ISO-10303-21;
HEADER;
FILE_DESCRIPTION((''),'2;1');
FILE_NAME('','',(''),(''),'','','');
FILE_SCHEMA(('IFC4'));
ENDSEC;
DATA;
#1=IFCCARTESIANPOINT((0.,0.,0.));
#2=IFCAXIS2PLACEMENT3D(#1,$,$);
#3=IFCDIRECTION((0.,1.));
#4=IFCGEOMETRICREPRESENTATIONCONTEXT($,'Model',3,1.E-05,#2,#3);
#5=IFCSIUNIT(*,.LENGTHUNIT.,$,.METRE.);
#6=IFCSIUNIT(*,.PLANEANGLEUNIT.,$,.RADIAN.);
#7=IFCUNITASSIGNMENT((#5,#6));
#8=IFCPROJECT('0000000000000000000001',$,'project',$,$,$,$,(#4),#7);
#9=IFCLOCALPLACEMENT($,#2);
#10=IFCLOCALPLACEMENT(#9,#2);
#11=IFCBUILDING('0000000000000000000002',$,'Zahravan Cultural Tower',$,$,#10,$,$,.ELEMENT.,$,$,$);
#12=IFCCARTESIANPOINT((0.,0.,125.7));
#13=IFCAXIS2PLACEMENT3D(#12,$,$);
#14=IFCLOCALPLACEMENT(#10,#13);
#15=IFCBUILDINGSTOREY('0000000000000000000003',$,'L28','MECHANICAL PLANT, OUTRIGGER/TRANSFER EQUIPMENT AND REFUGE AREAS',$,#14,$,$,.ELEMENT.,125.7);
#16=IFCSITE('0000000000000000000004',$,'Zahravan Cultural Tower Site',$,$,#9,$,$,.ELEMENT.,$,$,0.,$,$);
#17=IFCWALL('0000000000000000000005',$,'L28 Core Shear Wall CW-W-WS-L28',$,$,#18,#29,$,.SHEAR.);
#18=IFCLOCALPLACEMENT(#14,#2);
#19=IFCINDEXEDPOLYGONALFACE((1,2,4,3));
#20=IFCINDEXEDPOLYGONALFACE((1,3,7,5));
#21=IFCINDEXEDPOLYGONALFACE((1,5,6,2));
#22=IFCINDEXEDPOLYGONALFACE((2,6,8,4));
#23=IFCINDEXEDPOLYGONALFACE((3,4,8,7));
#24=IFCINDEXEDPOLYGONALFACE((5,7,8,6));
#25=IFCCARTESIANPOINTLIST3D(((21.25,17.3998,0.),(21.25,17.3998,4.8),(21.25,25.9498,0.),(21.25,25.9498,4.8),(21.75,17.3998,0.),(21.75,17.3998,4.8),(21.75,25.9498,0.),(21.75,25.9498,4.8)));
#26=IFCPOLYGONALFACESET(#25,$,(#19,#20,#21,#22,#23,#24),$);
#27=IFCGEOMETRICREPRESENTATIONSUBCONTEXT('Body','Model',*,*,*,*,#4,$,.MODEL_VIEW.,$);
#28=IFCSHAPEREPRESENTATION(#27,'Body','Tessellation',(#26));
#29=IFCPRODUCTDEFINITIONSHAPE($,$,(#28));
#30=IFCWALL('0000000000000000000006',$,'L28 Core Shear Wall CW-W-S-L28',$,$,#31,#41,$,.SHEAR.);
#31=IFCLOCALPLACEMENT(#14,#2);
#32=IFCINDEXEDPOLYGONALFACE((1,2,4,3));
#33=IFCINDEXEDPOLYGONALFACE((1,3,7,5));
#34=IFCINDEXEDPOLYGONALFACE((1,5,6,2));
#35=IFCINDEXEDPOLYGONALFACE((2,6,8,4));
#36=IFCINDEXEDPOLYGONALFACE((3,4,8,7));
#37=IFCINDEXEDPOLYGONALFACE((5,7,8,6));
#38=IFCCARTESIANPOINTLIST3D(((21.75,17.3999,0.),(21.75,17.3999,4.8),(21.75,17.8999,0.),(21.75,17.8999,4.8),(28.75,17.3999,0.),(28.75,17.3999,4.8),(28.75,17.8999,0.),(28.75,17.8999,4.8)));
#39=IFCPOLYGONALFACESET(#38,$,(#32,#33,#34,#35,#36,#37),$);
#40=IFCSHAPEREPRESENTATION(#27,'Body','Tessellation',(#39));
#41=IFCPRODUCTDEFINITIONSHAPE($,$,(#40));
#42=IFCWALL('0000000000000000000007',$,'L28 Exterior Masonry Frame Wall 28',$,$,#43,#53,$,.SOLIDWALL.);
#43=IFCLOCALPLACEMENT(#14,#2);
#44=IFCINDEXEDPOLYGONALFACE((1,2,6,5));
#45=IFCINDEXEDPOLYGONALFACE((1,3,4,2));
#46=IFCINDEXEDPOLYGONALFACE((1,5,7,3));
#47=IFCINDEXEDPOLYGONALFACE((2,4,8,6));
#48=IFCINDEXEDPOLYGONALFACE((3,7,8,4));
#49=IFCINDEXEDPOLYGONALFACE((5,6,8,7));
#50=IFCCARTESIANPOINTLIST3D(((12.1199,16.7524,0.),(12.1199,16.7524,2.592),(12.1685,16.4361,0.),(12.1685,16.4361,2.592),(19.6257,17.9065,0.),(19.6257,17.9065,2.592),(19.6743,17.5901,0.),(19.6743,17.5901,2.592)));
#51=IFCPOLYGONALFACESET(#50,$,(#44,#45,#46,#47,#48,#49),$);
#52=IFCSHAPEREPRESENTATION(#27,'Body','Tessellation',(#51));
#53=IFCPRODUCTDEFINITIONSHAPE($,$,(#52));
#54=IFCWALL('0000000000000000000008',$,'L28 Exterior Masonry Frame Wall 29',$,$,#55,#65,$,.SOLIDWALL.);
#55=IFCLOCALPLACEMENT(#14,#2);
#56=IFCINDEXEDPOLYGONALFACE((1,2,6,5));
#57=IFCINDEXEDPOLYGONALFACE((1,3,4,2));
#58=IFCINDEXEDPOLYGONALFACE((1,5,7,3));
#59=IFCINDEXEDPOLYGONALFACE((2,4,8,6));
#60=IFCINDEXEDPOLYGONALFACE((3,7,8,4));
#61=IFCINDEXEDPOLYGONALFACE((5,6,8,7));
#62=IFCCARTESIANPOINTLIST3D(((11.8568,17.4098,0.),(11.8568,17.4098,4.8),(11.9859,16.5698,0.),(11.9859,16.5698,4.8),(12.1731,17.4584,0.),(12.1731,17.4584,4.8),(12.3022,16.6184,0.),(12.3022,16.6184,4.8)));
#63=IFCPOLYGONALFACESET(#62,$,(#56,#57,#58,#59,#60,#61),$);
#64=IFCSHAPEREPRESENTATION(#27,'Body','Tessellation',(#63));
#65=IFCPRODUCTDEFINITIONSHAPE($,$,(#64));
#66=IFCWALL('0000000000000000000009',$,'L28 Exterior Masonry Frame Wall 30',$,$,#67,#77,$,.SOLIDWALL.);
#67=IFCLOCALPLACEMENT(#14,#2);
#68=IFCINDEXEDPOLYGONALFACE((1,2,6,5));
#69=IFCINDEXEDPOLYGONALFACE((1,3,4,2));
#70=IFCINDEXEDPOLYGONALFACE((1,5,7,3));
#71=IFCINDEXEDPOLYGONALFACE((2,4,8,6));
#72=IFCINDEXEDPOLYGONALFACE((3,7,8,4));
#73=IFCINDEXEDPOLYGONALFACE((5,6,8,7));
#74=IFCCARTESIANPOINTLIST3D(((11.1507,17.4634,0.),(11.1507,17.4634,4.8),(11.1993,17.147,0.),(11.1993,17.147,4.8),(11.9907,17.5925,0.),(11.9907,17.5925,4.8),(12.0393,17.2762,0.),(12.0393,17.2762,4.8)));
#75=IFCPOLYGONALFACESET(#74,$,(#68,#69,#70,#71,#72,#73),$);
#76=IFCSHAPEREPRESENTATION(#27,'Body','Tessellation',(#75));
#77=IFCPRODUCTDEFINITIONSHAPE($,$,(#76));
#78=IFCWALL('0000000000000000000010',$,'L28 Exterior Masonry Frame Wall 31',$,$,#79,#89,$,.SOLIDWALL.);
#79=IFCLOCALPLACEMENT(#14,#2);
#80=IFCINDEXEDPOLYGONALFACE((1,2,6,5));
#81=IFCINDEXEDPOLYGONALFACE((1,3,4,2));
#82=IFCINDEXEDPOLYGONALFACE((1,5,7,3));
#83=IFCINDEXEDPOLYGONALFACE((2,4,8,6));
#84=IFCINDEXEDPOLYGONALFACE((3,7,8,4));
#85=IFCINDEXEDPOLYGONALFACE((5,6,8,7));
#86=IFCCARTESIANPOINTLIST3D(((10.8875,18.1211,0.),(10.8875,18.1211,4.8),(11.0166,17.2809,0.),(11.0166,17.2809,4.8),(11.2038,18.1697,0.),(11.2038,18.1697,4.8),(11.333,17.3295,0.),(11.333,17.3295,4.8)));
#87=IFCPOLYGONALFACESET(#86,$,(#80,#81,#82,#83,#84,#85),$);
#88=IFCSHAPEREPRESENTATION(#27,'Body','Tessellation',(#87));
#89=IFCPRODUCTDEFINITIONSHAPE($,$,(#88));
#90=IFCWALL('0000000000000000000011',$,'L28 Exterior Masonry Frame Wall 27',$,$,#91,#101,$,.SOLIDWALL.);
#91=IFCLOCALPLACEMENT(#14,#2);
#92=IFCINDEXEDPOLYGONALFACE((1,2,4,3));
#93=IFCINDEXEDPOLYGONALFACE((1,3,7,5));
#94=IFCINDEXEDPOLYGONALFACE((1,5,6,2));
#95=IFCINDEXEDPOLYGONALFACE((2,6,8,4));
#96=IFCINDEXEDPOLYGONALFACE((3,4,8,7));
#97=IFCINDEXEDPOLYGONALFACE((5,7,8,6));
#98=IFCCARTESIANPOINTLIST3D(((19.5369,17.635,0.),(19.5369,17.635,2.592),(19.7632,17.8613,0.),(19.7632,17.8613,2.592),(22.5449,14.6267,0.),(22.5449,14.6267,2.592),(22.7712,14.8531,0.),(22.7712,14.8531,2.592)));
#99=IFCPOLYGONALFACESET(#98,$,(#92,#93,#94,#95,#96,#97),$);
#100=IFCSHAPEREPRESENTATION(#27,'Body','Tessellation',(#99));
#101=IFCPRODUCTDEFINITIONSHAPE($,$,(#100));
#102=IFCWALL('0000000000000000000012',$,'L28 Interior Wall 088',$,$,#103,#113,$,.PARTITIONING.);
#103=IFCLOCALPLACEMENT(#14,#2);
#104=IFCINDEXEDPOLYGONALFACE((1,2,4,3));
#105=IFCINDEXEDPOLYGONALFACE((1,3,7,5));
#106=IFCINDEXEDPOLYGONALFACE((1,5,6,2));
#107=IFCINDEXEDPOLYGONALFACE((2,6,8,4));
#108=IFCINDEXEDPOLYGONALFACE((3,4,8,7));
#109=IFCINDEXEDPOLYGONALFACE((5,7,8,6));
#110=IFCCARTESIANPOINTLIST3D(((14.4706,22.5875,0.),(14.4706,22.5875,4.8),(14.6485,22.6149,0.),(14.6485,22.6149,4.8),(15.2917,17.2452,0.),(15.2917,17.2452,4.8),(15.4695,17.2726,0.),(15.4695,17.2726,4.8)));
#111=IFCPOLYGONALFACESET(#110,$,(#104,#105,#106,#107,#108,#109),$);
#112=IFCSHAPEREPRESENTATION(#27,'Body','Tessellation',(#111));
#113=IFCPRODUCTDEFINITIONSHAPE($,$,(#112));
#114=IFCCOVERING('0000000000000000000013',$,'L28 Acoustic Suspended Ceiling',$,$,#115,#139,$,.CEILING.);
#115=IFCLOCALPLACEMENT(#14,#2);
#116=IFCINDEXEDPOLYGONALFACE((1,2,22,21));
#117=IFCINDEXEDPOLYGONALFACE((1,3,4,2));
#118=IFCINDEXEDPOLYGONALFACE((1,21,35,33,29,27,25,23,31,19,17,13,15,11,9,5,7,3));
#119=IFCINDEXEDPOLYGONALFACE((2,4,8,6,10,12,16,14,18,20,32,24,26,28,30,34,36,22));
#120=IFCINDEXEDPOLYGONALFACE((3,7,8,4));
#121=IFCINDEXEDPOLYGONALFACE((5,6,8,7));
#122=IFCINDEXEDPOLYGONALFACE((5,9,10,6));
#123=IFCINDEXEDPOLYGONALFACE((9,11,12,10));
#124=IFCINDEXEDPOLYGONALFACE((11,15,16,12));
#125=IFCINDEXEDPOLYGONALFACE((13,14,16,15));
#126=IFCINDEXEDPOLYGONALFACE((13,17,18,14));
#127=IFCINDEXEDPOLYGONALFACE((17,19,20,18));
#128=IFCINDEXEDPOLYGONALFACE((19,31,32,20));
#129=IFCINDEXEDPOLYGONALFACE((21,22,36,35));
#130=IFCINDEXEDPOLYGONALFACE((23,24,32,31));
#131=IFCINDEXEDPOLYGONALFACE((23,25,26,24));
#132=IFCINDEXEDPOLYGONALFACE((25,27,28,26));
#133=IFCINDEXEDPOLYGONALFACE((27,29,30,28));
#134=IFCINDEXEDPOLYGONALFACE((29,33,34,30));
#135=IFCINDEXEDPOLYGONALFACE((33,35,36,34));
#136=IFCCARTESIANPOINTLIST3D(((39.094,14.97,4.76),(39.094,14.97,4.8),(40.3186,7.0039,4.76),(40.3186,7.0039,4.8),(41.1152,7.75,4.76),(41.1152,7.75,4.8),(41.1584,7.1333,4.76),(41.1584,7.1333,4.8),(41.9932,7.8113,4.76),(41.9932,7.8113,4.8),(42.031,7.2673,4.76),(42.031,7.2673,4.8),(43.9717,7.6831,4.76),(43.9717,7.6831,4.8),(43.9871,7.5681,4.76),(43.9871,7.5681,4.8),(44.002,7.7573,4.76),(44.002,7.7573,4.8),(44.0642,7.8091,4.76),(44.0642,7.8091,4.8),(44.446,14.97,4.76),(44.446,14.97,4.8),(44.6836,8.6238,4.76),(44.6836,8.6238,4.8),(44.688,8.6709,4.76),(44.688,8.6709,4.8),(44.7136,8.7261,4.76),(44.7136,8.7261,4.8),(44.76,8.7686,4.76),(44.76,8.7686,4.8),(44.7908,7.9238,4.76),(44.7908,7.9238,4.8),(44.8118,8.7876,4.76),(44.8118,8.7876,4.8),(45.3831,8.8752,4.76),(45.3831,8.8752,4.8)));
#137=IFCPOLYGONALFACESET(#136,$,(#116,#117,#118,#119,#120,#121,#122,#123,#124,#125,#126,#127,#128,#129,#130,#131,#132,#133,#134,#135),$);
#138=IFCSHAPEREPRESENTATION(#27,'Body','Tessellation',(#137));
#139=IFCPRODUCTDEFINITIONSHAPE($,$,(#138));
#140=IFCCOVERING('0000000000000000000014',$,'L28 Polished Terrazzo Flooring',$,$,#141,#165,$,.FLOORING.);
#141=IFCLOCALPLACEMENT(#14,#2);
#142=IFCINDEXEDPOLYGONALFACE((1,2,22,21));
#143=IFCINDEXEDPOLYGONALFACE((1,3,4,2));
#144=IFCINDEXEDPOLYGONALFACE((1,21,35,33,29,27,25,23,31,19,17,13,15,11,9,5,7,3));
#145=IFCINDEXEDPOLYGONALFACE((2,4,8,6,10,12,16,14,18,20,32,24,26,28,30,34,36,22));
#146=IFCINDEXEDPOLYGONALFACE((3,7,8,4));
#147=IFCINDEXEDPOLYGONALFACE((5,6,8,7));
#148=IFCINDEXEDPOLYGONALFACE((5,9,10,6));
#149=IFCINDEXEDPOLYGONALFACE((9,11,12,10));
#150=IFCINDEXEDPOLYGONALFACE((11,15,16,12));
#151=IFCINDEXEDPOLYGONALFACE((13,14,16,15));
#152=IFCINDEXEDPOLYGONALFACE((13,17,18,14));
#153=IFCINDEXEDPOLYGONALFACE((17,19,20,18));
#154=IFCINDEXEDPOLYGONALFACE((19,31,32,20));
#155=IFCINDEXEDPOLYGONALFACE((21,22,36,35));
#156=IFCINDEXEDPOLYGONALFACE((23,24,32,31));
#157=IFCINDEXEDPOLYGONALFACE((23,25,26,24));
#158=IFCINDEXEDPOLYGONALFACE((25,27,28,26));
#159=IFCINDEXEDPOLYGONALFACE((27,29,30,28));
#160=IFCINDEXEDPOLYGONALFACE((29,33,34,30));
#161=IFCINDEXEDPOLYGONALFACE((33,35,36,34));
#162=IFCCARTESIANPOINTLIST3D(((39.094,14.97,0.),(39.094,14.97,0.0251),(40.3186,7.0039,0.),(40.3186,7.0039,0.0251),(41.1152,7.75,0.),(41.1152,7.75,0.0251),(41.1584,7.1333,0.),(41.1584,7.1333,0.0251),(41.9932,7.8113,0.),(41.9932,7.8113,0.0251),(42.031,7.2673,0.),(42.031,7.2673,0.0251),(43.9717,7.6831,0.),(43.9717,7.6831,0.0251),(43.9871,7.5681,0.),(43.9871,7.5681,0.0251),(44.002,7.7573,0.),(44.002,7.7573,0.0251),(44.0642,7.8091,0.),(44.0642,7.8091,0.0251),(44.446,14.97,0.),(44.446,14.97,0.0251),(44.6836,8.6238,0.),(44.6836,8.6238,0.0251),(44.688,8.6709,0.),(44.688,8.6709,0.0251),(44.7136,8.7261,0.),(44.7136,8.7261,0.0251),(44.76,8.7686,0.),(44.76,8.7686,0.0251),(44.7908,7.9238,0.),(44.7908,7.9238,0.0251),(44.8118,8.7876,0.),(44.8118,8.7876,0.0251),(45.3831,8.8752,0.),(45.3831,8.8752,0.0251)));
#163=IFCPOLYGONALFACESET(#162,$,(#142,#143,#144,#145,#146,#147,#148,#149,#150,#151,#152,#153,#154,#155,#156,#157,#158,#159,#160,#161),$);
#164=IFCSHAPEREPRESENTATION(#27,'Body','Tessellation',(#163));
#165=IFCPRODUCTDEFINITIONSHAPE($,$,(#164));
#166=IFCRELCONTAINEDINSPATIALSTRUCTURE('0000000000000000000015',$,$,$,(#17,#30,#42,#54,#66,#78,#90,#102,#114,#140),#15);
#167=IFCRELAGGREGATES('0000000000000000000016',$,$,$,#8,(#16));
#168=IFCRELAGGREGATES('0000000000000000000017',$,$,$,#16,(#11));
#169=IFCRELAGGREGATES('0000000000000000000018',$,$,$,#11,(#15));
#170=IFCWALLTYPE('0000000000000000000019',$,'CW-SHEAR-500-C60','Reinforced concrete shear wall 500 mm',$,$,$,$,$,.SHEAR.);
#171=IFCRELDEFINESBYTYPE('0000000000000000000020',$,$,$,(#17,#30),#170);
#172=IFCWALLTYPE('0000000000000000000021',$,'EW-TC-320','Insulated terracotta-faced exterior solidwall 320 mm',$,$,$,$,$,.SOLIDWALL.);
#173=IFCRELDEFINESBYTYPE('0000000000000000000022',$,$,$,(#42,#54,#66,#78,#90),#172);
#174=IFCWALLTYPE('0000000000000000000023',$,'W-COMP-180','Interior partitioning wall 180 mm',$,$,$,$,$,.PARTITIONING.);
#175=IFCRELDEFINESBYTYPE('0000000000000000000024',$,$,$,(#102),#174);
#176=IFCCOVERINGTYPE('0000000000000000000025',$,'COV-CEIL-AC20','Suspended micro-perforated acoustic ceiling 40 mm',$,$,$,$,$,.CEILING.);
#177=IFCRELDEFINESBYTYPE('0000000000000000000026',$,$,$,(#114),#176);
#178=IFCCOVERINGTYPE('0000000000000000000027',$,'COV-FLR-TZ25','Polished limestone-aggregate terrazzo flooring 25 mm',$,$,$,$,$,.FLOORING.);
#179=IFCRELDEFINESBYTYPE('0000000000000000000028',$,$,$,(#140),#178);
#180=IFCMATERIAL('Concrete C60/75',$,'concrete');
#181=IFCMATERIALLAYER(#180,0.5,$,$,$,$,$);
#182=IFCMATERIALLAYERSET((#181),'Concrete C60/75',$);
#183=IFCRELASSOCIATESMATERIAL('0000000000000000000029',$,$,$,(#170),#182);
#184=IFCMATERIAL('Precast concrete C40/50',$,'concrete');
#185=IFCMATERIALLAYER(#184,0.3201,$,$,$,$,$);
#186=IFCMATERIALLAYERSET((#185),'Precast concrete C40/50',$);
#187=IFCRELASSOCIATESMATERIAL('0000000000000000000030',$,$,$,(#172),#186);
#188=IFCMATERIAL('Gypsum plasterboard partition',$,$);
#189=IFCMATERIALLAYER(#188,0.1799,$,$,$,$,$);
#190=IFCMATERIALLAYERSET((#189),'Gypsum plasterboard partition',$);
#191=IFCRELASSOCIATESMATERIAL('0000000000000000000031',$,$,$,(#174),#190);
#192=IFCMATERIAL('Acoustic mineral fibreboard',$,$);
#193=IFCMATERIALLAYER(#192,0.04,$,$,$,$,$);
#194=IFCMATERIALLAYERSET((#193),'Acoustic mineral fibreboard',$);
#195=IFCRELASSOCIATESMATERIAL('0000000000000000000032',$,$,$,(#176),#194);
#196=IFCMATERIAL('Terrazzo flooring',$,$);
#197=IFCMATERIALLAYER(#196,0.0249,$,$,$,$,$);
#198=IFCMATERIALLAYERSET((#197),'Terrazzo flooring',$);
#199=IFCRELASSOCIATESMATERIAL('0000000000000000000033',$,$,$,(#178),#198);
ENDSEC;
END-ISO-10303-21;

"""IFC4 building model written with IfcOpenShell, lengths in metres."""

from ifc_helpers import new_model, si_unit, direction, frame, frame_2d, origin, place, context, subcontext, project, spatial, polyline, rectangle, outline, extrude, source, transform, mapped, material, layer, layer_set, type_object, element, save


model = new_model("IFC4")

# Units and contexts
model_context = context("Model", 3, precision=1e-05, world=origin(), true_north=direction((0.0, 1.0)))
body_context = subcontext(model_context, "Body", "Model", "MODEL_VIEW")
ifc_project = project(units=[si_unit("LENGTHUNIT", "METRE"), si_unit("PLANEANGLEUNIT", "RADIAN")], contexts=[model_context])

# Site, building, storey
site_placement = place(None, origin())
site = spatial("IfcSite", under=ifc_project, at=site_placement, Name="Zahravan Cultural Tower Site", CompositionType="ELEMENT", RefElevation=0.0)
building_placement = place(site_placement, origin())
building = spatial("IfcBuilding", under=site, at=building_placement, Name="Zahravan Cultural Tower", CompositionType="ELEMENT")
storey_placement = place(building_placement, frame((0.0, 0.0, 125.7)))
storey = spatial("IfcBuildingStorey", under=building, at=storey_placement, Name="L28", Description="MECHANICAL PLANT, OUTRIGGER/TRANSFER EQUIPMENT AND REFUGE AREAS", CompositionType="ELEMENT", Elevation=125.7)

# Shared definitions
ifc_material_1 = material(Name="Concrete C60/75", Category="concrete")

# Walls
ifc_layer_1 = layer(ifc_material_1, 0.5)
ifc_layer_set_1 = layer_set([ifc_layer_1], Name="Concrete C60/75")
wall_type_1 = type_object("IfcWallType", Name="CW-SHEAR-500-C60", Description="Reinforced concrete shear wall 500 mm", PredefinedType="SHEAR", material=ifc_layer_set_1)
shared_shape_1 = source(origin(), body_context, "Body", "SweptSolid", [
    extrude(rectangle(XDim=8.55, YDim=0.5, at=frame_2d((4.2749, 0.0))), origin(), (0.0, 0.0, 1.0), 4.8),
])
wall_1_placement = place(storey_placement, frame((21.5, 17.3999, 0.0), z_axis=(0.0, 0.0, 1.0), x_axis=(0.0, 1.0, 0.0)))
element("IfcWall", 1, at=wall_1_placement, inside=storey, type_object=wall_type_1, Name="L28 Core Shear Wall CW-W-WS-L28", PredefinedType="SHEAR", context=body_context, shape_type="MappedRepresentation", body=[
    mapped(shared_shape_1, transform((0.0, 0.0, 0.0), x_axis=(1.0, 0.0, 0.0), y_axis=(0.0, 1.0, 0.0), z_axis=(0.0, 0.0, 1.0), scale=1.0)),
])
shared_shape_2 = source(origin(), body_context, "Body", "SweptSolid", [
    extrude(rectangle(XDim=7.0, YDim=0.5, at=frame_2d((3.5, 0.0))), origin(), (0.0, 0.0, 1.0), 4.8),
])
wall_2_placement = place(storey_placement, frame((21.75, 17.6499, 0.0), z_axis=(0.0, 0.0, 1.0), x_axis=(1.0, 0.0, 0.0)))
element("IfcWall", 2, at=wall_2_placement, inside=storey, type_object=wall_type_1, Name="L28 Core Shear Wall CW-W-S-L28", PredefinedType="SHEAR", context=body_context, shape_type="MappedRepresentation", body=[
    mapped(shared_shape_2, transform((0.0, 0.0, 0.0), x_axis=(1.0, 0.0, 0.0), y_axis=(0.0, 1.0, 0.0), z_axis=(0.0, 0.0, 1.0), scale=1.0)),
])
ifc_material_2 = material(Name="Precast concrete C40/50", Category="concrete")
ifc_layer_2 = layer(ifc_material_2, 0.3201)
ifc_layer_set_2 = layer_set([ifc_layer_2], Name="Precast concrete C40/50")
wall_type_2 = type_object("IfcWallType", Name="EW-TC-320", Description="Insulated terracotta-faced exterior solidwall 320 mm", PredefinedType="SOLIDWALL", material=ifc_layer_set_2)
shared_shape_3 = source(origin(), body_context, "Body", "SweptSolid", [
    extrude(rectangle(XDim=7.594, YDim=0.3201, at=frame_2d((3.7969, 0.0))), origin(), (0.0, 0.0, 1.0), 2.592),
])
wall_3_placement = place(storey_placement, frame((19.6499, 17.7483, 0.0), z_axis=(0.0, 0.0, 1.0), x_axis=(-0.988385, -0.151968, 0.0)))
element("IfcWall", 3, at=wall_3_placement, inside=storey, type_object=wall_type_2, Name="L28 Exterior Masonry Frame Wall 28", PredefinedType="SOLIDWALL", context=body_context, shape_type="MappedRepresentation", body=[
    mapped(shared_shape_3, transform((0.0, 0.0, 0.0), x_axis=(1.0, 0.0, 0.0), y_axis=(0.0, 1.0, 0.0), z_axis=(0.0, 0.0, 1.0), scale=1.0)),
])
shared_shape_4 = source(origin(), body_context, "Body", "SweptSolid", [
    extrude(rectangle(XDim=0.8499, YDim=0.3201, at=frame_2d((0.4248, 0.0))), origin(), (0.0, 0.0, 1.0), 4.8),
])
for number, where, z_axis, x_axis, name in (
    (4, (12.144, 16.5942, 0.0), (0.0, 0.0, 1.0), (-0.151949, 0.988388, 0.0), "L28 Exterior Masonry Frame Wall 29"),
    (5, (12.0149, 17.4343, 0.0), (0.0, 0.0, 1.0), (-0.988388, -0.151949, 0.0), "L28 Exterior Masonry Frame Wall 30"),
):
    element("IfcWall", number, at=place(storey_placement, frame(where, z_axis=z_axis, x_axis=x_axis)), inside=storey, type_object=wall_type_2, Name=name, PredefinedType="SOLIDWALL", context=body_context, shape_type="MappedRepresentation", body=[
        mapped(shared_shape_4, transform((0.0, 0.0, 0.0), x_axis=(1.0, 0.0, 0.0), y_axis=(0.0, 1.0, 0.0), z_axis=(0.0, 0.0, 1.0), scale=1.0)),
    ])
shared_shape_5 = source(origin(), body_context, "Body", "SweptSolid", [
    extrude(rectangle(XDim=0.8501, YDim=0.3201, at=frame_2d((0.425, 0.0))), origin(), (0.0, 0.0, 1.0), 4.8),
])
wall_4_placement = place(storey_placement, frame((11.1748, 17.3052, 0.0), z_axis=(0.0, 0.0, 1.0), x_axis=(-0.151906, 0.988395, 0.0)))
element("IfcWall", 6, at=wall_4_placement, inside=storey, type_object=wall_type_2, Name="L28 Exterior Masonry Frame Wall 31", PredefinedType="SOLIDWALL", context=body_context, shape_type="MappedRepresentation", body=[
    mapped(shared_shape_5, transform((0.0, 0.0, 0.0), x_axis=(1.0, 0.0, 0.0), y_axis=(0.0, 1.0, 0.0), z_axis=(0.0, 0.0, 1.0), scale=1.0)),
])
shared_shape_6 = source(origin(), body_context, "Body", "SweptSolid", [
    extrude(rectangle(XDim=4.2542, YDim=0.3201, at=frame_2d((2.127, 0.0))), origin(), (0.0, 0.0, 1.0), 2.592),
])
wall_5_placement = place(storey_placement, frame((22.658, 14.74, 0.0), z_axis=(0.0, 0.0, 1.0), x_axis=(-0.707078, 0.707135, 0.0)))
element("IfcWall", 7, at=wall_5_placement, inside=storey, type_object=wall_type_2, Name="L28 Exterior Masonry Frame Wall 27", PredefinedType="SOLIDWALL", context=body_context, shape_type="MappedRepresentation", body=[
    mapped(shared_shape_6, transform((0.0, 0.0, 0.0), x_axis=(1.0, 0.0, 0.0), y_axis=(0.0, 1.0, 0.0), z_axis=(0.0, 0.0, 1.0), scale=1.0)),
])
ifc_material_3 = material(Name="Gypsum plasterboard partition")
ifc_layer_3 = layer(ifc_material_3, 0.1799)
ifc_layer_set_3 = layer_set([ifc_layer_3], Name="Gypsum plasterboard partition")
wall_type_3 = type_object("IfcWallType", Name="W-COMP-180", Description="Interior partitioning wall 180 mm", PredefinedType="PARTITIONING", material=ifc_layer_set_3)
shared_shape_7 = source(origin(), body_context, "Body", "SweptSolid", [
    extrude(rectangle(XDim=5.405, YDim=0.1799, at=frame_2d((2.7026, 0.0))), origin(), (0.0, 0.0, 1.0), 4.8),
])
wall_6_placement = place(storey_placement, frame((15.3806, 17.2588, 0.0), z_axis=(0.0, 0.0, 1.0), x_axis=(-0.151904, 0.988395, 0.0)))
element("IfcWall", 8, at=wall_6_placement, inside=storey, type_object=wall_type_3, Name="L28 Interior Wall 088", PredefinedType="PARTITIONING", context=body_context, shape_type="MappedRepresentation", body=[
    mapped(shared_shape_7, transform((0.0, 0.0, 0.0), x_axis=(1.0, 0.0, 0.0), y_axis=(0.0, 1.0, 0.0), z_axis=(0.0, 0.0, 1.0), scale=1.0)),
])

# Coverings
ifc_material_4 = material(Name="Acoustic mineral fibreboard")
ifc_layer_4 = layer(ifc_material_4, 0.04)
ifc_layer_set_4 = layer_set([ifc_layer_4], Name="Acoustic mineral fibreboard")
covering_type_1 = type_object("IfcCoveringType", Name="COV-CEIL-AC20", Description="Suspended micro-perforated acoustic ceiling 40 mm", PredefinedType="CEILING", material=ifc_layer_set_4)
covering_1_placement = place(storey_placement, frame((0.0, 0.0, 4.76)))
element("IfcCovering", 9, at=covering_1_placement, inside=storey, type_object=covering_type_1, Name="L28 Acoustic Suspended Ceiling", PredefinedType="CEILING", context=body_context, shape_type="SweptSolid", body=[
    extrude(outline(polyline([(44.446, 14.97), (39.094, 14.97), (40.3186, 7.0039), (41.1584, 7.1333), (41.1152, 7.75), (41.9932, 7.8113), (42.031, 7.2673), (43.9871, 7.5681), (43.9717, 7.6831), (44.002, 7.7573), (44.0642, 7.8091), (44.7908, 7.9238), (44.6836, 8.6238), (44.688, 8.6709), (44.7136, 8.7261), (44.76, 8.7686), (44.8118, 8.7876), (45.3831, 8.8752), (44.446, 14.97)])), origin(), (0.0, 0.0, 1.0), 0.04),
])
ifc_material_5 = material(Name="Terrazzo flooring")
ifc_layer_5 = layer(ifc_material_5, 0.0249)
ifc_layer_set_5 = layer_set([ifc_layer_5], Name="Terrazzo flooring")
covering_type_2 = type_object("IfcCoveringType", Name="COV-FLR-TZ25", Description="Polished limestone-aggregate terrazzo flooring 25 mm", PredefinedType="FLOORING", material=ifc_layer_set_5)
covering_2_placement = place(storey_placement, origin())
element("IfcCovering", 10, at=covering_2_placement, inside=storey, type_object=covering_type_2, Name="L28 Polished Terrazzo Flooring", PredefinedType="FLOORING", context=body_context, shape_type="SweptSolid", body=[
    extrude(outline(polyline([(44.446, 14.97), (39.094, 14.97), (40.3186, 7.0039), (41.1584, 7.1333), (41.1152, 7.75), (41.9932, 7.8113), (42.031, 7.2673), (43.9871, 7.5681), (43.9717, 7.6831), (44.002, 7.7573), (44.0642, 7.8091), (44.7908, 7.9238), (44.6836, 8.6238), (44.688, 8.6709), (44.7136, 8.7261), (44.76, 8.7686), (44.8118, 8.7876), (45.3831, 8.8752), (44.446, 14.97)])), origin(), (0.0, 0.0, 1.0), 0.0251),
])

save(model, "model.ifc")
